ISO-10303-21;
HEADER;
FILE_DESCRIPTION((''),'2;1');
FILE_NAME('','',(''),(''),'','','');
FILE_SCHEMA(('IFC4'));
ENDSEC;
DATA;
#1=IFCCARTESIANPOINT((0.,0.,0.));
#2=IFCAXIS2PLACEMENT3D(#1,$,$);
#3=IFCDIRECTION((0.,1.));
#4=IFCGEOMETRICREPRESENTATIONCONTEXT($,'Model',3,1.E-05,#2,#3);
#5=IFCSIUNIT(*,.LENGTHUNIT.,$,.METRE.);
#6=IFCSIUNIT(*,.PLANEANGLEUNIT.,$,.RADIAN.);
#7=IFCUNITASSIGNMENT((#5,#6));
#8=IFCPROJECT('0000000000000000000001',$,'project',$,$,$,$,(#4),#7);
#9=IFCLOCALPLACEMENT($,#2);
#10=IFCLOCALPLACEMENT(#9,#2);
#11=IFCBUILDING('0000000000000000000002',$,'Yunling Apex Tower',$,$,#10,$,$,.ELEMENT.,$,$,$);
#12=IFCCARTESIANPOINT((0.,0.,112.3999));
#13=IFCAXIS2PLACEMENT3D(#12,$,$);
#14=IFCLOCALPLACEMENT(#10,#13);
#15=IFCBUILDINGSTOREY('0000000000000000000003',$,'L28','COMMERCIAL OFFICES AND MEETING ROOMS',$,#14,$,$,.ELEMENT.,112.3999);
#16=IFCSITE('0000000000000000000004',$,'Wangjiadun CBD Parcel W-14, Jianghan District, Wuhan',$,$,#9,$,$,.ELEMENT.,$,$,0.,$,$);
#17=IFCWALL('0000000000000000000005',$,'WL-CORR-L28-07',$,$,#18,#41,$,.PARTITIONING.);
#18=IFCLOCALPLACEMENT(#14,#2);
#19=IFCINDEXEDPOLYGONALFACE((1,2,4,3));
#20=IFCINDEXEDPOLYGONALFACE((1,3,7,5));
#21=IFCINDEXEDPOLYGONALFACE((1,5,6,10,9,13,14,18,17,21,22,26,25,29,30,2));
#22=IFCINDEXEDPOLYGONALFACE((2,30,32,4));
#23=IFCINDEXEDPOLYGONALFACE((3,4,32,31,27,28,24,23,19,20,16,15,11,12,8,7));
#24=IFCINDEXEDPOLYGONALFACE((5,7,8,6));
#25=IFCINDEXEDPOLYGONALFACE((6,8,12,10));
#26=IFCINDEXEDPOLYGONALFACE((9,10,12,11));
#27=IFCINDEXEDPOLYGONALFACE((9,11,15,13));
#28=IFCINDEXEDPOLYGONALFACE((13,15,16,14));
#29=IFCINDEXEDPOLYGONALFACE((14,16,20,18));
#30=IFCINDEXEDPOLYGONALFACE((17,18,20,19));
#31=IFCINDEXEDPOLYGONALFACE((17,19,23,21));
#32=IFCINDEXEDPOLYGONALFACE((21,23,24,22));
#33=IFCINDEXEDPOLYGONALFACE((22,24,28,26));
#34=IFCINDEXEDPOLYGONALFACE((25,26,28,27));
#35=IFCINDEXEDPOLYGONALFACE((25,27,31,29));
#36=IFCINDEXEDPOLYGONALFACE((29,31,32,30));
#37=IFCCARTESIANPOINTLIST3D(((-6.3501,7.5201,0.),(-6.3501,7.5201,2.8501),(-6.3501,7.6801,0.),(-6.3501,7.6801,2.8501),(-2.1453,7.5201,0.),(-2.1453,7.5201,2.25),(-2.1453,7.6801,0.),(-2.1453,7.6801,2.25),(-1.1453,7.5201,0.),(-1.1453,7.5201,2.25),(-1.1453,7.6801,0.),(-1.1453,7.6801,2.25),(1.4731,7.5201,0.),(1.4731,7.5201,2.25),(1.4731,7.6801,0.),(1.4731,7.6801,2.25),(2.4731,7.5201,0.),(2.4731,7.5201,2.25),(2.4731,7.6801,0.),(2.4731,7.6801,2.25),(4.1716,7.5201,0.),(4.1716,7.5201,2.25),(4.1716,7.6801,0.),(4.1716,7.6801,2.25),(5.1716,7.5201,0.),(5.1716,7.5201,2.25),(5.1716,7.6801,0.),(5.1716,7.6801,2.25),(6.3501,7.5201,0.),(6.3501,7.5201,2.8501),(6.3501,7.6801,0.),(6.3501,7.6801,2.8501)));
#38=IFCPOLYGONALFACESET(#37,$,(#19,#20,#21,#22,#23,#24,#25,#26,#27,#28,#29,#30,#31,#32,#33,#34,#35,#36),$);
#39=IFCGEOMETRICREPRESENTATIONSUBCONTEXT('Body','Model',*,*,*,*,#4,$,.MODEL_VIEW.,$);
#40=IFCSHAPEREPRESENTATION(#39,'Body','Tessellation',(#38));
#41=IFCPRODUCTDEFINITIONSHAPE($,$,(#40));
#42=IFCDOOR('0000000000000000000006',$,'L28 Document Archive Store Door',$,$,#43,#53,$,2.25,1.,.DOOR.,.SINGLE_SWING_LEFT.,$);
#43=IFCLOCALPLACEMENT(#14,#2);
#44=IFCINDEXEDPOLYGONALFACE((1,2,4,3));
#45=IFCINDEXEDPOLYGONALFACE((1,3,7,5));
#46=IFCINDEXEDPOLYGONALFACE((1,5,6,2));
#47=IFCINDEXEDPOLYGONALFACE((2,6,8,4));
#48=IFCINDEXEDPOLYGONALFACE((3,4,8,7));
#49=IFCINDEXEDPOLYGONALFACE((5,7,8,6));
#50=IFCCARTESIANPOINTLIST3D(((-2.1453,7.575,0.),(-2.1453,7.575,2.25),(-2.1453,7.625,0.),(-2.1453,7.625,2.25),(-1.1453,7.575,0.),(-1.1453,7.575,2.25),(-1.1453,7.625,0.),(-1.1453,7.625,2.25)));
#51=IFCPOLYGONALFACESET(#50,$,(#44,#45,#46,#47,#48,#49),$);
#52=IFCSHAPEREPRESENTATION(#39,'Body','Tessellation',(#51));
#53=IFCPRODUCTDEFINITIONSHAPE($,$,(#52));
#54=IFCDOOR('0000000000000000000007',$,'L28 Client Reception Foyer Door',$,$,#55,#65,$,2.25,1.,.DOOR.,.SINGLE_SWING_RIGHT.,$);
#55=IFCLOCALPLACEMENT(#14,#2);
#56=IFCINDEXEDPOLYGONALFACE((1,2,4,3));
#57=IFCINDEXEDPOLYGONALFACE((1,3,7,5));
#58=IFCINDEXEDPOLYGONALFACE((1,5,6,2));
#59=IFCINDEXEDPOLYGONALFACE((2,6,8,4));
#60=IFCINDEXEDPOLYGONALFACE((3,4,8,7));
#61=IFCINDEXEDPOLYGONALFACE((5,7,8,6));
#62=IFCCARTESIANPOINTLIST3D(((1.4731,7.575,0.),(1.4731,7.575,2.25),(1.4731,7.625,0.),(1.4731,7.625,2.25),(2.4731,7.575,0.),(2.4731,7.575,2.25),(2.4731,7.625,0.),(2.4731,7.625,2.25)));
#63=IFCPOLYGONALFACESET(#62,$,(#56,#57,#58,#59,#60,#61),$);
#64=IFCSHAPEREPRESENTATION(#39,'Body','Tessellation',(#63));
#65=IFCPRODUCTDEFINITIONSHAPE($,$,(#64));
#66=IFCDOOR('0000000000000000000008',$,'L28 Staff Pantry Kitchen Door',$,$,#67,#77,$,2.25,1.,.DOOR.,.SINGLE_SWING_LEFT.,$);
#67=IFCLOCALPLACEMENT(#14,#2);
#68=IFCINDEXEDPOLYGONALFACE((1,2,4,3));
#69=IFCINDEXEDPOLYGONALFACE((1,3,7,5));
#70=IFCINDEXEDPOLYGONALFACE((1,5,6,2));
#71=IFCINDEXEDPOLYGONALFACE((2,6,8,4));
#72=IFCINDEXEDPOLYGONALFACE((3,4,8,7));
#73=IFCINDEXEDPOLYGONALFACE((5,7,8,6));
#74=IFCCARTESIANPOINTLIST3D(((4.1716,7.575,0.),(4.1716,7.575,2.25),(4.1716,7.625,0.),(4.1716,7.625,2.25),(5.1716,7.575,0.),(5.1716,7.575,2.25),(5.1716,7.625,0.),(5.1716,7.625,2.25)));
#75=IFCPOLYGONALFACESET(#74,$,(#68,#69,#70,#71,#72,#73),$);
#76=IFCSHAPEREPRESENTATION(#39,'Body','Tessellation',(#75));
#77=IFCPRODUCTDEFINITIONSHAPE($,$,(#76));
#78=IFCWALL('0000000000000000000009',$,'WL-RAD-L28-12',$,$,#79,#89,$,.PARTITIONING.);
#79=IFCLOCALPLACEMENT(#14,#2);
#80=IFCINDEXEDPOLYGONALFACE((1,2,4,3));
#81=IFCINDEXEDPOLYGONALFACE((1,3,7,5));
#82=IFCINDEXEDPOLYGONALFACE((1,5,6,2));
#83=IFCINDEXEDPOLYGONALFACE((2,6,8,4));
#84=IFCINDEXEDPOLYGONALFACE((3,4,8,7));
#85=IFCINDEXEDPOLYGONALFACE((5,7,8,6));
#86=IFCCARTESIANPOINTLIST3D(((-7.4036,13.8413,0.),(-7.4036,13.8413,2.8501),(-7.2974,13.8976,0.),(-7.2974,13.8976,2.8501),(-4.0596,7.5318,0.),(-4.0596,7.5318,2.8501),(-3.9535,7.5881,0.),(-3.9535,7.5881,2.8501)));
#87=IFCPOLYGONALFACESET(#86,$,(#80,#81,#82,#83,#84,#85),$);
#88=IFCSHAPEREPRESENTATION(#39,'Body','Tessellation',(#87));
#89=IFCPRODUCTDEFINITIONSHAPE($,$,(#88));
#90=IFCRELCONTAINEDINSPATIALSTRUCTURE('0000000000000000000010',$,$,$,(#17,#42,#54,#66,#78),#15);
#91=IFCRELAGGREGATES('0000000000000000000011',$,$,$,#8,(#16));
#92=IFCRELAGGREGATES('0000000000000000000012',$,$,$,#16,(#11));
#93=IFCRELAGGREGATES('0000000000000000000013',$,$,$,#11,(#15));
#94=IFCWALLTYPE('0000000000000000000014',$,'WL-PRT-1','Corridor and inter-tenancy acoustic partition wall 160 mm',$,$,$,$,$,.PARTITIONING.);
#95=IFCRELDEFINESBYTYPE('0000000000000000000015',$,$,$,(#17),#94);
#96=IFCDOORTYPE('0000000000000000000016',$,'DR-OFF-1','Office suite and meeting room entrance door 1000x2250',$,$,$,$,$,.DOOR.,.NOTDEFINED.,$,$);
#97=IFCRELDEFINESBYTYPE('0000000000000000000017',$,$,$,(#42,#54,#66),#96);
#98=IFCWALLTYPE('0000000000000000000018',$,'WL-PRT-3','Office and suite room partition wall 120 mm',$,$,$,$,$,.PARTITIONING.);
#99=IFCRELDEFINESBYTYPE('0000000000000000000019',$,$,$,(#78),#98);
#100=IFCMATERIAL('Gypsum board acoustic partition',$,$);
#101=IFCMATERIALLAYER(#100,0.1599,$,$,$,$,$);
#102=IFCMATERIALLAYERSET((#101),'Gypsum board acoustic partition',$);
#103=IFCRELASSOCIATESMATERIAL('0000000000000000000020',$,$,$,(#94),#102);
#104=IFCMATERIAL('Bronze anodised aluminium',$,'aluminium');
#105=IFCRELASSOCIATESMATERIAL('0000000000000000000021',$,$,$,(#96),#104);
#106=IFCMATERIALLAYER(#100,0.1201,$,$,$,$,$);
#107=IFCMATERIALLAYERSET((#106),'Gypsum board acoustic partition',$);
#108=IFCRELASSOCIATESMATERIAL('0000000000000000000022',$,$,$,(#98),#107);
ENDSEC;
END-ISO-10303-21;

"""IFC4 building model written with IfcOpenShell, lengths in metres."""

from ifc_helpers import new_model, si_unit, direction, frame, frame_2d, origin, place, context, subcontext, project, spatial, rectangle, extrude, material, layer, layer_set, type_object, element, fill, save


model = new_model("IFC4")

# Units and contexts
model_context = context("Model", 3, precision=1e-05, world=origin(), true_north=direction((0.0, 1.0)))
body_context = subcontext(model_context, "Body", "Model", "MODEL_VIEW")
ifc_project = project(units=[si_unit("LENGTHUNIT", "METRE"), si_unit("PLANEANGLEUNIT", "RADIAN")], contexts=[model_context])

# Site, building, storey
site_placement = place(None, origin())
site = spatial("IfcSite", under=ifc_project, at=site_placement, Name="Wangjiadun CBD Parcel W-14, Jianghan District, Wuhan", CompositionType="ELEMENT", RefElevation=0.0)
building_placement = place(site_placement, origin())
building = spatial("IfcBuilding", under=site, at=building_placement, Name="Yunling Apex Tower", CompositionType="ELEMENT")
storey_placement = place(building_placement, frame((0.0, 0.0, 112.3999)))
storey = spatial("IfcBuildingStorey", under=building, at=storey_placement, Name="L28", Description="COMMERCIAL OFFICES AND MEETING ROOMS", CompositionType="ELEMENT", Elevation=112.3999)

# Shared definitions
ifc_material_1 = material(Name="Bronze anodised aluminium", Category="aluminium")

# Shared definitions
ifc_material_2 = material(Name="Gypsum board acoustic partition")
ifc_layer_1 = layer(ifc_material_2, 0.1599)
ifc_layer_set_1 = layer_set([ifc_layer_1], Name="Gypsum board acoustic partition")
wall_type_1 = type_object("IfcWallType", Name="WL-PRT-1", Description="Corridor and inter-tenancy acoustic partition wall 160 mm", PredefinedType="PARTITIONING", material=ifc_layer_set_1)

# Wall, openings, doors
wall_1_placement = place(storey_placement, frame((-6.3501, 7.6001, 0.0), z_axis=(0.0, 0.0, 1.0), x_axis=(1.0, 0.0, 0.0)))
wall_1 = element("IfcWall", 1, at=wall_1_placement, inside=storey, type_object=wall_type_1, Name="WL-CORR-L28-07", PredefinedType="PARTITIONING", context=body_context, shape_type="SweptSolid", body=[
    extrude(rectangle(XDim=12.7002, YDim=0.1599, at=frame_2d((6.3501, 0.0))), origin(), (0.0, 0.0, 1.0), 2.8501),
])
opening_1_placement = place(wall_1_placement, frame((4.2048, 0.0, 0.0)))
opening_1 = element("IfcOpeningElement", 2, at=opening_1_placement, cuts=wall_1, PredefinedType="OPENING", context=body_context, shape_type="SweptSolid", body=[
    extrude(rectangle(XDim=1.0, YDim=2.25, at=frame_2d((0.5, 1.125))), frame((0.0, 0.0898, 0.0), z_axis=(0.0, -1.0, 0.0), x_axis=(1.0, 0.0, 0.0)), (0.0, 0.0, 1.0), 0.1799),
])
opening_2_placement = place(wall_1_placement, frame((7.8232, 0.0, 0.0)))
opening_2 = element("IfcOpeningElement", 3, at=opening_2_placement, cuts=wall_1, PredefinedType="OPENING", context=body_context, shape_type="SweptSolid", body=[
    extrude(rectangle(XDim=1.0, YDim=2.25, at=frame_2d((0.5, 1.125))), frame((0.0, 0.0898, 0.0), z_axis=(0.0, -1.0, 0.0), x_axis=(1.0, 0.0, 0.0)), (0.0, 0.0, 1.0), 0.1799),
])
opening_3_placement = place(wall_1_placement, frame((10.5217, 0.0, 0.0)))
opening_3 = element("IfcOpeningElement", 4, at=opening_3_placement, cuts=wall_1, PredefinedType="OPENING", context=body_context, shape_type="SweptSolid", body=[
    extrude(rectangle(XDim=1.0, YDim=2.25, at=frame_2d((0.5, 1.125))), frame((0.0, 0.0898, 0.0), z_axis=(0.0, -1.0, 0.0), x_axis=(1.0, 0.0, 0.0)), (0.0, 0.0, 1.0), 0.1799),
])
door_type = type_object("IfcDoorType", Name="DR-OFF-1", Description="Office suite and meeting room entrance door 1000x2250", OperationType="NOTDEFINED", PredefinedType="DOOR", material=ifc_material_1)
door_1_placement = place(opening_1_placement, origin())
door_1 = element("IfcDoor", 5, at=door_1_placement, inside=storey, type_object=door_type, Name="L28 Document Archive Store Door", OperationType="SINGLE_SWING_LEFT", OverallHeight=2.25, OverallWidth=1.0, PredefinedType="DOOR", context=body_context, shape_type="SweptSolid", body=[
    extrude(rectangle(XDim=1.0, YDim=2.25, at=frame_2d((0.5, 1.125))), frame((0.0, 0.0249, 0.0), z_axis=(0.0, -1.0, 0.0), x_axis=(1.0, 0.0, 0.0)), (0.0, 0.0, 1.0), 0.05),
])
fill(opening_1, door_1)
door_2_placement = place(opening_2_placement, origin())
door_2 = element("IfcDoor", 6, at=door_2_placement, inside=storey, type_object=door_type, Name="L28 Client Reception Foyer Door", OperationType="SINGLE_SWING_RIGHT", OverallHeight=2.25, OverallWidth=1.0, PredefinedType="DOOR", context=body_context, shape_type="SweptSolid", body=[
    extrude(rectangle(XDim=1.0, YDim=2.25, at=frame_2d((0.5, 1.125))), frame((0.0, 0.0249, 0.0), z_axis=(0.0, -1.0, 0.0), x_axis=(1.0, 0.0, 0.0)), (0.0, 0.0, 1.0), 0.05),
])
fill(opening_2, door_2)
door_3_placement = place(opening_3_placement, origin())
door_3 = element("IfcDoor", 7, at=door_3_placement, inside=storey, type_object=door_type, Name="L28 Staff Pantry Kitchen Door", OperationType="SINGLE_SWING_LEFT", OverallHeight=2.25, OverallWidth=1.0, PredefinedType="DOOR", context=body_context, shape_type="SweptSolid", body=[
    extrude(rectangle(XDim=1.0, YDim=2.25, at=frame_2d((0.5, 1.125))), frame((0.0, 0.0249, 0.0), z_axis=(0.0, -1.0, 0.0), x_axis=(1.0, 0.0, 0.0)), (0.0, 0.0, 1.0), 0.05),
])
fill(opening_3, door_3)

# Wall
ifc_layer_2 = layer(ifc_material_2, 0.1201)
ifc_layer_set_2 = layer_set([ifc_layer_2], Name="Gypsum board acoustic partition")
wall_type_2 = type_object("IfcWallType", Name="WL-PRT-3", Description="Office and suite room partition wall 120 mm", PredefinedType="PARTITIONING", material=ifc_layer_set_2)
wall_2_placement = place(storey_placement, frame((-4.0066, 7.5601, 0.0), z_axis=(0.0, 0.0, 1.0), x_axis=(-0.468285, 0.883577, 0.0)))
element("IfcWall", 8, at=wall_2_placement, inside=storey, type_object=wall_type_2, Name="WL-RAD-L28-12", PredefinedType="PARTITIONING", context=body_context, shape_type="SweptSolid", body=[
    extrude(rectangle(XDim=7.1409, YDim=0.1201, at=frame_2d((3.5703, 0.0))), origin(), (0.0, 0.0, 1.0), 2.8501),
])

save(model, "model.ifc")
